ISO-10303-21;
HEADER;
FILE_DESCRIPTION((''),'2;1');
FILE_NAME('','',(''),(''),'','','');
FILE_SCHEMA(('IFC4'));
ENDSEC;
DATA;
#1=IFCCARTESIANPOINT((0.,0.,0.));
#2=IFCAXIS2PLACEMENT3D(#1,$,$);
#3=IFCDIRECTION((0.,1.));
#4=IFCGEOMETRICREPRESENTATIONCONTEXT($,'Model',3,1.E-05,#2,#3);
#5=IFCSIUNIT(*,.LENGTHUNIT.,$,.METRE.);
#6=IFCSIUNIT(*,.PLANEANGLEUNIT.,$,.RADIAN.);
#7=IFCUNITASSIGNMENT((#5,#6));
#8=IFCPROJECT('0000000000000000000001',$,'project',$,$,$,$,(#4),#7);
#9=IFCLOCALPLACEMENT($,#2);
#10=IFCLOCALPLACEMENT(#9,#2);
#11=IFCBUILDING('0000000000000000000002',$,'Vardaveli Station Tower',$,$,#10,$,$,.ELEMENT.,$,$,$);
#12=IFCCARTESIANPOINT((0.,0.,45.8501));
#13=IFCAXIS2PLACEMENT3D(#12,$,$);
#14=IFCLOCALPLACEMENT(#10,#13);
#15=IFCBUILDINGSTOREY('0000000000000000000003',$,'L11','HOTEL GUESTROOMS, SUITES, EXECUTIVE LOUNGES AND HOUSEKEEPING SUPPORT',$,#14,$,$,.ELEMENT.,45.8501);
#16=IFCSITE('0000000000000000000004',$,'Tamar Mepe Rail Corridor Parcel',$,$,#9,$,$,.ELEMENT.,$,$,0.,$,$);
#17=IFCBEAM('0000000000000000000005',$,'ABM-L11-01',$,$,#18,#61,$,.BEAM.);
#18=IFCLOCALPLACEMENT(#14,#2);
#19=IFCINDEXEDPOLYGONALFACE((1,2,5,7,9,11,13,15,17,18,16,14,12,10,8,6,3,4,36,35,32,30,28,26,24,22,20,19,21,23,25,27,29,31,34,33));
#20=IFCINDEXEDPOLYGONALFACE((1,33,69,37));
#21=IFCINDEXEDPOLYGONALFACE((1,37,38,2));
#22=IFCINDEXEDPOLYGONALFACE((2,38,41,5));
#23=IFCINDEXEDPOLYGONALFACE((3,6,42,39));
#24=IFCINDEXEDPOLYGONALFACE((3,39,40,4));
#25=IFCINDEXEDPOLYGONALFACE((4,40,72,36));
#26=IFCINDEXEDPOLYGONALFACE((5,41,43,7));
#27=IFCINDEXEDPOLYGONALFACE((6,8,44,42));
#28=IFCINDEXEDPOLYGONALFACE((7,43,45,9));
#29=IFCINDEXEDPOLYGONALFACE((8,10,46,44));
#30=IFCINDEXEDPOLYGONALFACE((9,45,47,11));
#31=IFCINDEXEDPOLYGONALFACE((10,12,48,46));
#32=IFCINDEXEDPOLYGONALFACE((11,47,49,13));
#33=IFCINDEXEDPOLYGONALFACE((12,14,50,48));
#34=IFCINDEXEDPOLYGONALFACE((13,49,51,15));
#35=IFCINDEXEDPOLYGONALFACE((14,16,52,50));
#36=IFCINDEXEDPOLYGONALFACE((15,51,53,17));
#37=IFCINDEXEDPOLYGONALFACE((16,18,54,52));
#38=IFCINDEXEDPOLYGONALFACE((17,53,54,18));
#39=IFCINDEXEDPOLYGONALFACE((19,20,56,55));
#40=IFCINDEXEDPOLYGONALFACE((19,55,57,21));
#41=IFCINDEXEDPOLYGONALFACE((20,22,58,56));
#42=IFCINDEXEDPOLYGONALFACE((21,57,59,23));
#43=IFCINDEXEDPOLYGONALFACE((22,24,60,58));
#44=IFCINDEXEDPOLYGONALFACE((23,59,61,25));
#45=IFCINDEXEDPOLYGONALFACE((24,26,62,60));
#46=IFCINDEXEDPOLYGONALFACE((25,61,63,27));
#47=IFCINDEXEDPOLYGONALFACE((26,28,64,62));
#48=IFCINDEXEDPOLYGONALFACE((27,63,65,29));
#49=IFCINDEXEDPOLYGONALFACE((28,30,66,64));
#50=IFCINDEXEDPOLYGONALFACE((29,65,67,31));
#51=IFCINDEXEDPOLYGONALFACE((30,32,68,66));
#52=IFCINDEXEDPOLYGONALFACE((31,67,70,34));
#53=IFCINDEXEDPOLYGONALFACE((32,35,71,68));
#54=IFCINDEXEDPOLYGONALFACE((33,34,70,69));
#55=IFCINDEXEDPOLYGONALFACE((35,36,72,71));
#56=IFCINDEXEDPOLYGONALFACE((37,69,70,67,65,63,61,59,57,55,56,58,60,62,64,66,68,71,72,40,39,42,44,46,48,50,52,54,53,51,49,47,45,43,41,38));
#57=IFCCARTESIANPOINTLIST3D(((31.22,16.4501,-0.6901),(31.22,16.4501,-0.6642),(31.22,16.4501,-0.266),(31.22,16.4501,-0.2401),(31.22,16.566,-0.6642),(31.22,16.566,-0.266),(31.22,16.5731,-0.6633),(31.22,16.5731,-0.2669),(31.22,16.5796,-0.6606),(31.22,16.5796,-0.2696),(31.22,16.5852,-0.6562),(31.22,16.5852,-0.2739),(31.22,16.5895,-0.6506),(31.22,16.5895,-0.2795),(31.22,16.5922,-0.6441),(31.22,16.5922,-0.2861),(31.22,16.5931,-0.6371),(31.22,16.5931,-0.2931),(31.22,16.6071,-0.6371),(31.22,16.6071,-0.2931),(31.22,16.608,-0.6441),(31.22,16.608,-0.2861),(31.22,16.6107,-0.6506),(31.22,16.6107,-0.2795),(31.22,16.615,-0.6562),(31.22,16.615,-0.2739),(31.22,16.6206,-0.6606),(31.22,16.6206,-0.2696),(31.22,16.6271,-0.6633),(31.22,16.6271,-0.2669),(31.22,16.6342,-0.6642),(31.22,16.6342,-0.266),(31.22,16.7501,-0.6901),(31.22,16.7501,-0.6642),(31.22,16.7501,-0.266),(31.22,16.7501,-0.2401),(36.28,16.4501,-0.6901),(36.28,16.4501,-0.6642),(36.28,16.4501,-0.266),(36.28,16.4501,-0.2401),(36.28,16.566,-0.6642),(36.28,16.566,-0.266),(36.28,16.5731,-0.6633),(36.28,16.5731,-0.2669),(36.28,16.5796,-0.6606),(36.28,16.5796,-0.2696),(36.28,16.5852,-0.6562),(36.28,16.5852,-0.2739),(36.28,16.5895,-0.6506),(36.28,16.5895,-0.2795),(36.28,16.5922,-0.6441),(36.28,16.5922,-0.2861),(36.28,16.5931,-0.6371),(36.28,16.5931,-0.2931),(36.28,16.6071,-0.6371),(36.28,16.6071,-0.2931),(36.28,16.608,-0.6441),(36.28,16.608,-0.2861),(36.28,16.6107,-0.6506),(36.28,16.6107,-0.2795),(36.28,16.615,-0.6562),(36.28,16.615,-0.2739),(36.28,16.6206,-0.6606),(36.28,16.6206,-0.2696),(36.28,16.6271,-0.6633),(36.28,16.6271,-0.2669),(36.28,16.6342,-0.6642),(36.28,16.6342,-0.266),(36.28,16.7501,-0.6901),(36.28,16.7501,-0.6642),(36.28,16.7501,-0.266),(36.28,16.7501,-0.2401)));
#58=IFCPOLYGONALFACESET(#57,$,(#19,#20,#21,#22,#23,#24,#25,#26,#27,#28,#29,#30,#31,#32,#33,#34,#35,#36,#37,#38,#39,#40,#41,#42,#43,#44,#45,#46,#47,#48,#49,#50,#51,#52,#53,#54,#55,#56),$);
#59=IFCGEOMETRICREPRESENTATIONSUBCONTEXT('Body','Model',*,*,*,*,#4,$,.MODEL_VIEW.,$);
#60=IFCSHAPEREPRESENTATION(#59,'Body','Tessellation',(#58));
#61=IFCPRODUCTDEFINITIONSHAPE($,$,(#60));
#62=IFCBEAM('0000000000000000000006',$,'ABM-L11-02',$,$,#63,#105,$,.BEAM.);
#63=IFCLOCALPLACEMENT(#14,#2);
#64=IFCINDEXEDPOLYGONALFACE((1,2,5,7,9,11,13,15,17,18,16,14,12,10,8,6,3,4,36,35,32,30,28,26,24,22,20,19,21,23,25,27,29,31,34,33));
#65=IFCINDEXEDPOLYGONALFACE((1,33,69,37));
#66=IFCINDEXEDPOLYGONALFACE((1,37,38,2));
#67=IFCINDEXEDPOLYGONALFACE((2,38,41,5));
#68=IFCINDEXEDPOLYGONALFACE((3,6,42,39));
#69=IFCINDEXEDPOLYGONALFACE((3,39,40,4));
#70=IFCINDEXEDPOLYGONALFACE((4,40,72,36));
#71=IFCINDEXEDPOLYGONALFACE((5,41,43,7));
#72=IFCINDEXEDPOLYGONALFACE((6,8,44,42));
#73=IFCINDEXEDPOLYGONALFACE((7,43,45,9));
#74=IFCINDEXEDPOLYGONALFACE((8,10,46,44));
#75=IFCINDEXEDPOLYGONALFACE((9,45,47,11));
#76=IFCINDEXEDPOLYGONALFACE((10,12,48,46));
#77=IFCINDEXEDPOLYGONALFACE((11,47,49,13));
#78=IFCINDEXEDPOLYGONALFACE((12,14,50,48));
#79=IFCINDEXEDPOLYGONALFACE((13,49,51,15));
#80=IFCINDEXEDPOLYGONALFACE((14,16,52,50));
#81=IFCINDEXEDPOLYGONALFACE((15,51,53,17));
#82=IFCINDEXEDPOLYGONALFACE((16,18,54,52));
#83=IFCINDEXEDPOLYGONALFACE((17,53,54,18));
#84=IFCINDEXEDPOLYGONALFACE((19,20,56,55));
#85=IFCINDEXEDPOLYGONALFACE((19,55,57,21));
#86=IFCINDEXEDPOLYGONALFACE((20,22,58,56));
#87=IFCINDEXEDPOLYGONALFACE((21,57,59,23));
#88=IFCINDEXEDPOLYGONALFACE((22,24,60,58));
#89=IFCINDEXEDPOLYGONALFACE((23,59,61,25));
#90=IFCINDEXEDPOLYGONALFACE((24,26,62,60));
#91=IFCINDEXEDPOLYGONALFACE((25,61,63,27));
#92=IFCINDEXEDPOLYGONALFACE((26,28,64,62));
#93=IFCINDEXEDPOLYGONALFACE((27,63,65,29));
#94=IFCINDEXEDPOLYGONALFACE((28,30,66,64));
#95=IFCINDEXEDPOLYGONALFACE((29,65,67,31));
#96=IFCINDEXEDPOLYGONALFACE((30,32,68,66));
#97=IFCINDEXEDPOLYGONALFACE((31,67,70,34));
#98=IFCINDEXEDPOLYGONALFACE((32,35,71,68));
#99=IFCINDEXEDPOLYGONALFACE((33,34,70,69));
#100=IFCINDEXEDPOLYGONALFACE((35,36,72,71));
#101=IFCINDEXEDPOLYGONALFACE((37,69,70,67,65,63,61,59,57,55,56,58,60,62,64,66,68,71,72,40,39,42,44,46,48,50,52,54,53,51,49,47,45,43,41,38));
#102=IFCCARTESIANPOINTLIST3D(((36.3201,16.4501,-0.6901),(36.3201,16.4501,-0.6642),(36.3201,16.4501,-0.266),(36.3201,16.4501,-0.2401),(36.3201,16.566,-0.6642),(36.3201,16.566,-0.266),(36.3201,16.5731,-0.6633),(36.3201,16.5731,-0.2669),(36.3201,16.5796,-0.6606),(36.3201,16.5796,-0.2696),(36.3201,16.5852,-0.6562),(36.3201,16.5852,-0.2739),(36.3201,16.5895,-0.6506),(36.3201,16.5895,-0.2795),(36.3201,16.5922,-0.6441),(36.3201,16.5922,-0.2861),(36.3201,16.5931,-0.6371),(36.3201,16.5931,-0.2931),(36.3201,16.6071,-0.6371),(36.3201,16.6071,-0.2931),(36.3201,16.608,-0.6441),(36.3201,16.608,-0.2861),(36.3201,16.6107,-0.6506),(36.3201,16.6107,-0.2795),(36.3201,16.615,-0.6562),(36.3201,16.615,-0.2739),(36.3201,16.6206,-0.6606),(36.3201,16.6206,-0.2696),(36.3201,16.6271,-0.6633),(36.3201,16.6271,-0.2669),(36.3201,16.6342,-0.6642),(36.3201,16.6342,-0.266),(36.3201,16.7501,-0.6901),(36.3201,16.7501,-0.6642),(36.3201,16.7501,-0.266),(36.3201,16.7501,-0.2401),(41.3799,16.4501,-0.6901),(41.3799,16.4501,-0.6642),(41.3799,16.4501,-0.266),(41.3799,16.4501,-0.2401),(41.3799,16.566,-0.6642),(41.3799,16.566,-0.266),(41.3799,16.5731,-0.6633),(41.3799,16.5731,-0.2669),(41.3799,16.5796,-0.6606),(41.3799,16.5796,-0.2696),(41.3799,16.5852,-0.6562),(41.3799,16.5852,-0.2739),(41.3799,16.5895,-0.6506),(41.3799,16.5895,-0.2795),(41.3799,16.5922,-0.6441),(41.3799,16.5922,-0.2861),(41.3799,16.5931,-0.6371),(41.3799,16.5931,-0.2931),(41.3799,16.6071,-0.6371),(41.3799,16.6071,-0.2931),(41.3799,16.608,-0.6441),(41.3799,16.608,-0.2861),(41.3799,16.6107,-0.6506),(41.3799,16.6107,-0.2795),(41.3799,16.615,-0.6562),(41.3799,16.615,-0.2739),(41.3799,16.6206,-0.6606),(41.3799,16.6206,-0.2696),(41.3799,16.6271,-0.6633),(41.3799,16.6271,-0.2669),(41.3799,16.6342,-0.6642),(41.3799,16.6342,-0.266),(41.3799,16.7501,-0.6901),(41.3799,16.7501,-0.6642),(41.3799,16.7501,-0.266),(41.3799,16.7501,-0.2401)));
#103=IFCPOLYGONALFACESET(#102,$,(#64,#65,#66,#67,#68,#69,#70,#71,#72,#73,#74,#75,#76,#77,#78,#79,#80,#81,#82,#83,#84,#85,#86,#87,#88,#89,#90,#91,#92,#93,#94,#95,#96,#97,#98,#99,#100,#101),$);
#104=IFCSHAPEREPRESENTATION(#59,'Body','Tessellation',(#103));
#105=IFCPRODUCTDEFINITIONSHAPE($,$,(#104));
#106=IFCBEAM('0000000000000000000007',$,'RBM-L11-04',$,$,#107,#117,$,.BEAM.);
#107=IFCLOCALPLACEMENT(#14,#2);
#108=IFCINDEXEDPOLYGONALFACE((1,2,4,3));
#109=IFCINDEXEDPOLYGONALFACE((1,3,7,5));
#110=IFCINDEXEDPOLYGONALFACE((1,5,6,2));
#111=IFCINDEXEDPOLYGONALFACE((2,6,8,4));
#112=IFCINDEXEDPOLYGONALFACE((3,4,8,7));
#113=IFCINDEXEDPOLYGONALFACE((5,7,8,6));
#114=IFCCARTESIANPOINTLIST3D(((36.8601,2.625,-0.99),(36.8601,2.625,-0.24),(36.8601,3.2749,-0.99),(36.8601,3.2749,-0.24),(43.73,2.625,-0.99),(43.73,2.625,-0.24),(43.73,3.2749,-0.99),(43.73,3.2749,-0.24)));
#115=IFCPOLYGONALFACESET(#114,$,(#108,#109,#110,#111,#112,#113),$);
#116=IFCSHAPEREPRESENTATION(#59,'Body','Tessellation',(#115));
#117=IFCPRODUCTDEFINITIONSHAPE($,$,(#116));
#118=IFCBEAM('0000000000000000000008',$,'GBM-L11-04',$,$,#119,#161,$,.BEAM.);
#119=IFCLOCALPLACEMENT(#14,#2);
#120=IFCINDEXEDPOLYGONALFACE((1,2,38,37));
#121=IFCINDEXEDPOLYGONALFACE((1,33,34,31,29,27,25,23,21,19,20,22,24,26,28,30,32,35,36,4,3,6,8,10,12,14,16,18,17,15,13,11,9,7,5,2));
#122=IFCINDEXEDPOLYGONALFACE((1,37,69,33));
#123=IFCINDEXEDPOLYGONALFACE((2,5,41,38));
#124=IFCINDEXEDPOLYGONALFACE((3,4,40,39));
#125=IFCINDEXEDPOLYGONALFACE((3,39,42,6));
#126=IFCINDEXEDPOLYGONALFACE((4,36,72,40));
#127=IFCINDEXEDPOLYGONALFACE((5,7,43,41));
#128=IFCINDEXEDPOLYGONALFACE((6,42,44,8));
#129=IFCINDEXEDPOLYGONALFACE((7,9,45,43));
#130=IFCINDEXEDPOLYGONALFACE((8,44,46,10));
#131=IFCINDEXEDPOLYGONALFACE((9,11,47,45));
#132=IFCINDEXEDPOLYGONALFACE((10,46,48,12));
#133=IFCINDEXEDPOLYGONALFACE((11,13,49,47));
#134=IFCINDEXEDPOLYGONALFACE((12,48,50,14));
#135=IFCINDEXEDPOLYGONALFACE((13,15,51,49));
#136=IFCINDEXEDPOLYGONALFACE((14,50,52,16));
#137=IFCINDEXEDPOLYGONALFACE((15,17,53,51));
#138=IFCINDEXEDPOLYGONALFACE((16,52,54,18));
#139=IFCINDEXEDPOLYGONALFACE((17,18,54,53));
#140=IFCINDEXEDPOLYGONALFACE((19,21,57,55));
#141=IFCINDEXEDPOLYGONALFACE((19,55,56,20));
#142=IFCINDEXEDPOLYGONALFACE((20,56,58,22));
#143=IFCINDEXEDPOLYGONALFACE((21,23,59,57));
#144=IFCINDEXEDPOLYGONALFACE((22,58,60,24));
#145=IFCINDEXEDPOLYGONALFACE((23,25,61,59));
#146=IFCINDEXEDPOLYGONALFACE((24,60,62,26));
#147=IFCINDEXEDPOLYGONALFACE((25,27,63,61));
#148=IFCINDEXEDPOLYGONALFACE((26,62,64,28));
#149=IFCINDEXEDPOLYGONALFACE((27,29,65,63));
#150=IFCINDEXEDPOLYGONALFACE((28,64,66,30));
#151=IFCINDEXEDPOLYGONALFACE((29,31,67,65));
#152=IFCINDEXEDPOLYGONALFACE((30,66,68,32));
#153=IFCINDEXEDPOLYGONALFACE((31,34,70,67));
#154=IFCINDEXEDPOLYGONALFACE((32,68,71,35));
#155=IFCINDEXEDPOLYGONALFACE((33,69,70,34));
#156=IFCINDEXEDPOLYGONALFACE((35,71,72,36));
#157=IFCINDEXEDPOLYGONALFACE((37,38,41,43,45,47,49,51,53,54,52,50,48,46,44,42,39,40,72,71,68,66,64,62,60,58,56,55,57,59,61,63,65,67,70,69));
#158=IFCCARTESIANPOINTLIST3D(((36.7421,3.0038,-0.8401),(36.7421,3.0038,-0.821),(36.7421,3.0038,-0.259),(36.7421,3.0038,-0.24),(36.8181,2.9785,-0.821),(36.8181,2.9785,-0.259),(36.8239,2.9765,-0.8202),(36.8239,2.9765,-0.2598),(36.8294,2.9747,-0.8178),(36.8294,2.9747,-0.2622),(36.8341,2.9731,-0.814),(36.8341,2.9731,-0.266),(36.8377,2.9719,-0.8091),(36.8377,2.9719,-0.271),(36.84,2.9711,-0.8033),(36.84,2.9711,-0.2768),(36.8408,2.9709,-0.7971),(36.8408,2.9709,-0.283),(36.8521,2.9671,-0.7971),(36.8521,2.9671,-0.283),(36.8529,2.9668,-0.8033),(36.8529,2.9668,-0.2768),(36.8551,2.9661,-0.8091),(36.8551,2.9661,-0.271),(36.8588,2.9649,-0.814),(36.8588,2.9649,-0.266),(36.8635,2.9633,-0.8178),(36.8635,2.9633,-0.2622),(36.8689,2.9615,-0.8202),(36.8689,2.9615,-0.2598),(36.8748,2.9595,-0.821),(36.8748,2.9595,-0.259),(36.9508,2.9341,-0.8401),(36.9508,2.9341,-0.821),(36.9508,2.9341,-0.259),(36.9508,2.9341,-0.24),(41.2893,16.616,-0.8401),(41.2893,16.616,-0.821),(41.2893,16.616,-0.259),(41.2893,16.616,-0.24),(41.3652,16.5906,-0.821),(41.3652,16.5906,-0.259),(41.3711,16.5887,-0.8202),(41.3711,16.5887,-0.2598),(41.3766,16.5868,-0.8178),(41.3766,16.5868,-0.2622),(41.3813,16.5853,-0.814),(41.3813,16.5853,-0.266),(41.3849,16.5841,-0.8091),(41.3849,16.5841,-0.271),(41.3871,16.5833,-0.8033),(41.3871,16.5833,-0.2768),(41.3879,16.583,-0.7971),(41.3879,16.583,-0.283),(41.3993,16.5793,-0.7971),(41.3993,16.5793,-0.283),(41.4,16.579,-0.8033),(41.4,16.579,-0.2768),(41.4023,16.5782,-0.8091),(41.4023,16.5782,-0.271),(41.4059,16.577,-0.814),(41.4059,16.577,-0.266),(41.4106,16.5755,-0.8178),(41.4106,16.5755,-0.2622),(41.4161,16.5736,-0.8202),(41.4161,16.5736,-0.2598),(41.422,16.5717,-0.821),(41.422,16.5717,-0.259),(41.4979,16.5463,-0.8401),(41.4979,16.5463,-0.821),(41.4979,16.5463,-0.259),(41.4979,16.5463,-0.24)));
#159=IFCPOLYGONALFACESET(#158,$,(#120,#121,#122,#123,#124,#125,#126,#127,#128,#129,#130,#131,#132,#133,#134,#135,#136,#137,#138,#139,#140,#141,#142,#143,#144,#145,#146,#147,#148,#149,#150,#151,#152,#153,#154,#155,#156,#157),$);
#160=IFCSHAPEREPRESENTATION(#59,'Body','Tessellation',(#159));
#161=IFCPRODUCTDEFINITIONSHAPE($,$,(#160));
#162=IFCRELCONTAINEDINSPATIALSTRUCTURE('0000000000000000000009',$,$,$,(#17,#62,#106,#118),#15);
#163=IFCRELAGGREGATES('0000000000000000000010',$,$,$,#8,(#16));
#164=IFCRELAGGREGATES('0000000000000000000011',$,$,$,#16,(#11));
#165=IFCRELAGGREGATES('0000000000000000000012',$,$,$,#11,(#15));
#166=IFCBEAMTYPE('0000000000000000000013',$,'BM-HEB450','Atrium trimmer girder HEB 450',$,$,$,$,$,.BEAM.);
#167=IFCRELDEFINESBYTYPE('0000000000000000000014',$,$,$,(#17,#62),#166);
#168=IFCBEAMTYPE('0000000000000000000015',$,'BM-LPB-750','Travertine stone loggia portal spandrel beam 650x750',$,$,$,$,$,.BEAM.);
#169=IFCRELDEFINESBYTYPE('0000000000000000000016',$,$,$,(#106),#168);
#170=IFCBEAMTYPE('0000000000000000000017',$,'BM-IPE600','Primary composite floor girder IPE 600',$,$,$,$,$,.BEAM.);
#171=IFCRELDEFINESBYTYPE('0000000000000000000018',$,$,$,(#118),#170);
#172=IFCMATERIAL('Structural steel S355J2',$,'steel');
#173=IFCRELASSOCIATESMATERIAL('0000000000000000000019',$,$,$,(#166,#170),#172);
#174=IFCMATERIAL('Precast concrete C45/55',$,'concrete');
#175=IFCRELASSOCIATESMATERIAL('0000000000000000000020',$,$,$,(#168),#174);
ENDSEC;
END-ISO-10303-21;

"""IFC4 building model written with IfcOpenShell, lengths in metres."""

from ifc_helpers import new_model, si_unit, direction, frame, origin, origin_2d, place, context, subcontext, project, spatial, rectangle, i_section, extrude, source, transform, mapped, material, material_profile, profile_set, type_object, element, save


model = new_model("IFC4")

# Units and contexts
model_context = context("Model", 3, precision=1e-05, world=origin(), true_north=direction((0.0, 1.0)))
body_context = subcontext(model_context, "Body", "Model", "MODEL_VIEW")
ifc_project = project(units=[si_unit("LENGTHUNIT", "METRE"), si_unit("PLANEANGLEUNIT", "RADIAN")], contexts=[model_context])

# Site, building, storey
site_placement = place(None, origin())
site = spatial("IfcSite", under=ifc_project, at=site_placement, Name="Tamar Mepe Rail Corridor Parcel", CompositionType="ELEMENT", RefElevation=0.0)
building_placement = place(site_placement, origin())
building = spatial("IfcBuilding", under=site, at=building_placement, Name="Vardaveli Station Tower", CompositionType="ELEMENT")
storey_placement = place(building_placement, frame((0.0, 0.0, 45.8501)))
storey = spatial("IfcBuildingStorey", under=building, at=storey_placement, Name="L11", Description="HOTEL GUESTROOMS, SUITES, EXECUTIVE LOUNGES AND HOUSEKEEPING SUPPORT", CompositionType="ELEMENT", Elevation=45.8501)

# Beams
ifc_material_1 = material(Name="Structural steel S355J2", Category="steel")
ifc_material_profile_1 = material_profile(ifc_material_1, i_section(OverallWidth=0.3, OverallDepth=0.45, WebThickness=0.0139, FlangeThickness=0.0259, FilletRadius=0.0271, at=origin_2d()), Name="HEB 450")
ifc_profile_set_1 = profile_set([ifc_material_profile_1], Name="Structural steel S355J2")
beam_type_1 = type_object("IfcBeamType", Name="BM-HEB450", Description="Atrium trimmer girder HEB 450", PredefinedType="BEAM", material=ifc_profile_set_1)
shared_shape_1 = source(origin(), body_context, "Body", "SweptSolid", [
    extrude(i_section(OverallWidth=0.3, OverallDepth=0.45, WebThickness=0.0139, FlangeThickness=0.0259, FilletRadius=0.0271, at=origin_2d()), origin(), (0.0, 0.0, 1.0), 5.0601),
])
beam_1_placement = place(storey_placement, frame((31.22, 16.6001, -0.4651), z_axis=(1.0, 0.0, 0.0), x_axis=(0.0, 1.0, 0.0)))
element("IfcBeam", 1, at=beam_1_placement, inside=storey, type_object=beam_type_1, Name="ABM-L11-01", PredefinedType="BEAM", context=body_context, shape_type="MappedRepresentation", body=[
    mapped(shared_shape_1, transform((0.0, 0.0, 0.0), scale=1.0)),
])
shared_shape_2 = source(origin(), body_context, "Body", "SweptSolid", [
    extrude(i_section(OverallWidth=0.3, OverallDepth=0.45, WebThickness=0.0139, FlangeThickness=0.0259, FilletRadius=0.0271, at=origin_2d()), origin(), (0.0, 0.0, 1.0), 5.0598),
])
beam_2_placement = place(storey_placement, frame((36.3201, 16.6001, -0.4651), z_axis=(1.0, 0.0, 0.0), x_axis=(0.0, 1.0, 0.0)))
element("IfcBeam", 2, at=beam_2_placement, inside=storey, type_object=beam_type_1, Name="ABM-L11-02", PredefinedType="BEAM", context=body_context, shape_type="MappedRepresentation", body=[
    mapped(shared_shape_2, transform((0.0, 0.0, 0.0), scale=1.0)),
])
ifc_material_2 = material(Name="Precast concrete C45/55", Category="concrete")
ifc_material_profile_2 = material_profile(ifc_material_2, rectangle(XDim=0.6499, YDim=0.75, at=origin_2d()), Name="LPB 650x750")
ifc_profile_set_2 = profile_set([ifc_material_profile_2], Name="Precast concrete C45/55")
beam_type_2 = type_object("IfcBeamType", Name="BM-LPB-750", Description="Travertine stone loggia portal spandrel beam 650x750", PredefinedType="BEAM", material=ifc_profile_set_2)
shared_shape_3 = source(origin(), body_context, "Body", "SweptSolid", [
    extrude(rectangle(XDim=0.6499, YDim=0.75, at=origin_2d()), origin(), (0.0, 0.0, 1.0), 6.8699),
])
beam_3_placement = place(storey_placement, frame((36.8601, 2.95, -0.615), z_axis=(1.0, 0.0, 0.0), x_axis=(0.0, 1.0, 0.0)))
element("IfcBeam", 3, at=beam_3_placement, inside=storey, type_object=beam_type_2, Name="RBM-L11-04", PredefinedType="BEAM", context=body_context, shape_type="MappedRepresentation", body=[
    mapped(shared_shape_3, transform((0.0, 0.0, 0.0), scale=1.0)),
])
ifc_material_profile_3 = material_profile(ifc_material_1, i_section(OverallWidth=0.22, OverallDepth=0.6001, WebThickness=0.012, FlangeThickness=0.019, FilletRadius=0.0239, at=origin_2d()), Name="IPE 600")
ifc_profile_set_3 = profile_set([ifc_material_profile_3], Name="Structural steel S355J2")
beam_type_3 = type_object("IfcBeamType", Name="BM-IPE600", Description="Primary composite floor girder IPE 600", PredefinedType="BEAM", material=ifc_profile_set_3)
shared_shape_4 = source(origin(), body_context, "Body", "SweptSolid", [
    extrude(i_section(OverallWidth=0.22, OverallDepth=0.6001, WebThickness=0.012, FlangeThickness=0.019, FilletRadius=0.0239, at=origin_2d()), origin(), (0.0, 0.0, 1.0), 14.3516),
])
beam_4_placement = place(storey_placement, frame((36.8464, 2.969, -0.54), z_axis=(0.31684, 0.948479, 0.0), x_axis=(-0.948479, 0.31684, 0.0)))
element("IfcBeam", 4, at=beam_4_placement, inside=storey, type_object=beam_type_3, Name="GBM-L11-04", PredefinedType="BEAM", context=body_context, shape_type="MappedRepresentation", body=[
    mapped(shared_shape_4, transform((0.0, 0.0, 0.0), scale=1.0)),
])

save(model, "model.ifc")
